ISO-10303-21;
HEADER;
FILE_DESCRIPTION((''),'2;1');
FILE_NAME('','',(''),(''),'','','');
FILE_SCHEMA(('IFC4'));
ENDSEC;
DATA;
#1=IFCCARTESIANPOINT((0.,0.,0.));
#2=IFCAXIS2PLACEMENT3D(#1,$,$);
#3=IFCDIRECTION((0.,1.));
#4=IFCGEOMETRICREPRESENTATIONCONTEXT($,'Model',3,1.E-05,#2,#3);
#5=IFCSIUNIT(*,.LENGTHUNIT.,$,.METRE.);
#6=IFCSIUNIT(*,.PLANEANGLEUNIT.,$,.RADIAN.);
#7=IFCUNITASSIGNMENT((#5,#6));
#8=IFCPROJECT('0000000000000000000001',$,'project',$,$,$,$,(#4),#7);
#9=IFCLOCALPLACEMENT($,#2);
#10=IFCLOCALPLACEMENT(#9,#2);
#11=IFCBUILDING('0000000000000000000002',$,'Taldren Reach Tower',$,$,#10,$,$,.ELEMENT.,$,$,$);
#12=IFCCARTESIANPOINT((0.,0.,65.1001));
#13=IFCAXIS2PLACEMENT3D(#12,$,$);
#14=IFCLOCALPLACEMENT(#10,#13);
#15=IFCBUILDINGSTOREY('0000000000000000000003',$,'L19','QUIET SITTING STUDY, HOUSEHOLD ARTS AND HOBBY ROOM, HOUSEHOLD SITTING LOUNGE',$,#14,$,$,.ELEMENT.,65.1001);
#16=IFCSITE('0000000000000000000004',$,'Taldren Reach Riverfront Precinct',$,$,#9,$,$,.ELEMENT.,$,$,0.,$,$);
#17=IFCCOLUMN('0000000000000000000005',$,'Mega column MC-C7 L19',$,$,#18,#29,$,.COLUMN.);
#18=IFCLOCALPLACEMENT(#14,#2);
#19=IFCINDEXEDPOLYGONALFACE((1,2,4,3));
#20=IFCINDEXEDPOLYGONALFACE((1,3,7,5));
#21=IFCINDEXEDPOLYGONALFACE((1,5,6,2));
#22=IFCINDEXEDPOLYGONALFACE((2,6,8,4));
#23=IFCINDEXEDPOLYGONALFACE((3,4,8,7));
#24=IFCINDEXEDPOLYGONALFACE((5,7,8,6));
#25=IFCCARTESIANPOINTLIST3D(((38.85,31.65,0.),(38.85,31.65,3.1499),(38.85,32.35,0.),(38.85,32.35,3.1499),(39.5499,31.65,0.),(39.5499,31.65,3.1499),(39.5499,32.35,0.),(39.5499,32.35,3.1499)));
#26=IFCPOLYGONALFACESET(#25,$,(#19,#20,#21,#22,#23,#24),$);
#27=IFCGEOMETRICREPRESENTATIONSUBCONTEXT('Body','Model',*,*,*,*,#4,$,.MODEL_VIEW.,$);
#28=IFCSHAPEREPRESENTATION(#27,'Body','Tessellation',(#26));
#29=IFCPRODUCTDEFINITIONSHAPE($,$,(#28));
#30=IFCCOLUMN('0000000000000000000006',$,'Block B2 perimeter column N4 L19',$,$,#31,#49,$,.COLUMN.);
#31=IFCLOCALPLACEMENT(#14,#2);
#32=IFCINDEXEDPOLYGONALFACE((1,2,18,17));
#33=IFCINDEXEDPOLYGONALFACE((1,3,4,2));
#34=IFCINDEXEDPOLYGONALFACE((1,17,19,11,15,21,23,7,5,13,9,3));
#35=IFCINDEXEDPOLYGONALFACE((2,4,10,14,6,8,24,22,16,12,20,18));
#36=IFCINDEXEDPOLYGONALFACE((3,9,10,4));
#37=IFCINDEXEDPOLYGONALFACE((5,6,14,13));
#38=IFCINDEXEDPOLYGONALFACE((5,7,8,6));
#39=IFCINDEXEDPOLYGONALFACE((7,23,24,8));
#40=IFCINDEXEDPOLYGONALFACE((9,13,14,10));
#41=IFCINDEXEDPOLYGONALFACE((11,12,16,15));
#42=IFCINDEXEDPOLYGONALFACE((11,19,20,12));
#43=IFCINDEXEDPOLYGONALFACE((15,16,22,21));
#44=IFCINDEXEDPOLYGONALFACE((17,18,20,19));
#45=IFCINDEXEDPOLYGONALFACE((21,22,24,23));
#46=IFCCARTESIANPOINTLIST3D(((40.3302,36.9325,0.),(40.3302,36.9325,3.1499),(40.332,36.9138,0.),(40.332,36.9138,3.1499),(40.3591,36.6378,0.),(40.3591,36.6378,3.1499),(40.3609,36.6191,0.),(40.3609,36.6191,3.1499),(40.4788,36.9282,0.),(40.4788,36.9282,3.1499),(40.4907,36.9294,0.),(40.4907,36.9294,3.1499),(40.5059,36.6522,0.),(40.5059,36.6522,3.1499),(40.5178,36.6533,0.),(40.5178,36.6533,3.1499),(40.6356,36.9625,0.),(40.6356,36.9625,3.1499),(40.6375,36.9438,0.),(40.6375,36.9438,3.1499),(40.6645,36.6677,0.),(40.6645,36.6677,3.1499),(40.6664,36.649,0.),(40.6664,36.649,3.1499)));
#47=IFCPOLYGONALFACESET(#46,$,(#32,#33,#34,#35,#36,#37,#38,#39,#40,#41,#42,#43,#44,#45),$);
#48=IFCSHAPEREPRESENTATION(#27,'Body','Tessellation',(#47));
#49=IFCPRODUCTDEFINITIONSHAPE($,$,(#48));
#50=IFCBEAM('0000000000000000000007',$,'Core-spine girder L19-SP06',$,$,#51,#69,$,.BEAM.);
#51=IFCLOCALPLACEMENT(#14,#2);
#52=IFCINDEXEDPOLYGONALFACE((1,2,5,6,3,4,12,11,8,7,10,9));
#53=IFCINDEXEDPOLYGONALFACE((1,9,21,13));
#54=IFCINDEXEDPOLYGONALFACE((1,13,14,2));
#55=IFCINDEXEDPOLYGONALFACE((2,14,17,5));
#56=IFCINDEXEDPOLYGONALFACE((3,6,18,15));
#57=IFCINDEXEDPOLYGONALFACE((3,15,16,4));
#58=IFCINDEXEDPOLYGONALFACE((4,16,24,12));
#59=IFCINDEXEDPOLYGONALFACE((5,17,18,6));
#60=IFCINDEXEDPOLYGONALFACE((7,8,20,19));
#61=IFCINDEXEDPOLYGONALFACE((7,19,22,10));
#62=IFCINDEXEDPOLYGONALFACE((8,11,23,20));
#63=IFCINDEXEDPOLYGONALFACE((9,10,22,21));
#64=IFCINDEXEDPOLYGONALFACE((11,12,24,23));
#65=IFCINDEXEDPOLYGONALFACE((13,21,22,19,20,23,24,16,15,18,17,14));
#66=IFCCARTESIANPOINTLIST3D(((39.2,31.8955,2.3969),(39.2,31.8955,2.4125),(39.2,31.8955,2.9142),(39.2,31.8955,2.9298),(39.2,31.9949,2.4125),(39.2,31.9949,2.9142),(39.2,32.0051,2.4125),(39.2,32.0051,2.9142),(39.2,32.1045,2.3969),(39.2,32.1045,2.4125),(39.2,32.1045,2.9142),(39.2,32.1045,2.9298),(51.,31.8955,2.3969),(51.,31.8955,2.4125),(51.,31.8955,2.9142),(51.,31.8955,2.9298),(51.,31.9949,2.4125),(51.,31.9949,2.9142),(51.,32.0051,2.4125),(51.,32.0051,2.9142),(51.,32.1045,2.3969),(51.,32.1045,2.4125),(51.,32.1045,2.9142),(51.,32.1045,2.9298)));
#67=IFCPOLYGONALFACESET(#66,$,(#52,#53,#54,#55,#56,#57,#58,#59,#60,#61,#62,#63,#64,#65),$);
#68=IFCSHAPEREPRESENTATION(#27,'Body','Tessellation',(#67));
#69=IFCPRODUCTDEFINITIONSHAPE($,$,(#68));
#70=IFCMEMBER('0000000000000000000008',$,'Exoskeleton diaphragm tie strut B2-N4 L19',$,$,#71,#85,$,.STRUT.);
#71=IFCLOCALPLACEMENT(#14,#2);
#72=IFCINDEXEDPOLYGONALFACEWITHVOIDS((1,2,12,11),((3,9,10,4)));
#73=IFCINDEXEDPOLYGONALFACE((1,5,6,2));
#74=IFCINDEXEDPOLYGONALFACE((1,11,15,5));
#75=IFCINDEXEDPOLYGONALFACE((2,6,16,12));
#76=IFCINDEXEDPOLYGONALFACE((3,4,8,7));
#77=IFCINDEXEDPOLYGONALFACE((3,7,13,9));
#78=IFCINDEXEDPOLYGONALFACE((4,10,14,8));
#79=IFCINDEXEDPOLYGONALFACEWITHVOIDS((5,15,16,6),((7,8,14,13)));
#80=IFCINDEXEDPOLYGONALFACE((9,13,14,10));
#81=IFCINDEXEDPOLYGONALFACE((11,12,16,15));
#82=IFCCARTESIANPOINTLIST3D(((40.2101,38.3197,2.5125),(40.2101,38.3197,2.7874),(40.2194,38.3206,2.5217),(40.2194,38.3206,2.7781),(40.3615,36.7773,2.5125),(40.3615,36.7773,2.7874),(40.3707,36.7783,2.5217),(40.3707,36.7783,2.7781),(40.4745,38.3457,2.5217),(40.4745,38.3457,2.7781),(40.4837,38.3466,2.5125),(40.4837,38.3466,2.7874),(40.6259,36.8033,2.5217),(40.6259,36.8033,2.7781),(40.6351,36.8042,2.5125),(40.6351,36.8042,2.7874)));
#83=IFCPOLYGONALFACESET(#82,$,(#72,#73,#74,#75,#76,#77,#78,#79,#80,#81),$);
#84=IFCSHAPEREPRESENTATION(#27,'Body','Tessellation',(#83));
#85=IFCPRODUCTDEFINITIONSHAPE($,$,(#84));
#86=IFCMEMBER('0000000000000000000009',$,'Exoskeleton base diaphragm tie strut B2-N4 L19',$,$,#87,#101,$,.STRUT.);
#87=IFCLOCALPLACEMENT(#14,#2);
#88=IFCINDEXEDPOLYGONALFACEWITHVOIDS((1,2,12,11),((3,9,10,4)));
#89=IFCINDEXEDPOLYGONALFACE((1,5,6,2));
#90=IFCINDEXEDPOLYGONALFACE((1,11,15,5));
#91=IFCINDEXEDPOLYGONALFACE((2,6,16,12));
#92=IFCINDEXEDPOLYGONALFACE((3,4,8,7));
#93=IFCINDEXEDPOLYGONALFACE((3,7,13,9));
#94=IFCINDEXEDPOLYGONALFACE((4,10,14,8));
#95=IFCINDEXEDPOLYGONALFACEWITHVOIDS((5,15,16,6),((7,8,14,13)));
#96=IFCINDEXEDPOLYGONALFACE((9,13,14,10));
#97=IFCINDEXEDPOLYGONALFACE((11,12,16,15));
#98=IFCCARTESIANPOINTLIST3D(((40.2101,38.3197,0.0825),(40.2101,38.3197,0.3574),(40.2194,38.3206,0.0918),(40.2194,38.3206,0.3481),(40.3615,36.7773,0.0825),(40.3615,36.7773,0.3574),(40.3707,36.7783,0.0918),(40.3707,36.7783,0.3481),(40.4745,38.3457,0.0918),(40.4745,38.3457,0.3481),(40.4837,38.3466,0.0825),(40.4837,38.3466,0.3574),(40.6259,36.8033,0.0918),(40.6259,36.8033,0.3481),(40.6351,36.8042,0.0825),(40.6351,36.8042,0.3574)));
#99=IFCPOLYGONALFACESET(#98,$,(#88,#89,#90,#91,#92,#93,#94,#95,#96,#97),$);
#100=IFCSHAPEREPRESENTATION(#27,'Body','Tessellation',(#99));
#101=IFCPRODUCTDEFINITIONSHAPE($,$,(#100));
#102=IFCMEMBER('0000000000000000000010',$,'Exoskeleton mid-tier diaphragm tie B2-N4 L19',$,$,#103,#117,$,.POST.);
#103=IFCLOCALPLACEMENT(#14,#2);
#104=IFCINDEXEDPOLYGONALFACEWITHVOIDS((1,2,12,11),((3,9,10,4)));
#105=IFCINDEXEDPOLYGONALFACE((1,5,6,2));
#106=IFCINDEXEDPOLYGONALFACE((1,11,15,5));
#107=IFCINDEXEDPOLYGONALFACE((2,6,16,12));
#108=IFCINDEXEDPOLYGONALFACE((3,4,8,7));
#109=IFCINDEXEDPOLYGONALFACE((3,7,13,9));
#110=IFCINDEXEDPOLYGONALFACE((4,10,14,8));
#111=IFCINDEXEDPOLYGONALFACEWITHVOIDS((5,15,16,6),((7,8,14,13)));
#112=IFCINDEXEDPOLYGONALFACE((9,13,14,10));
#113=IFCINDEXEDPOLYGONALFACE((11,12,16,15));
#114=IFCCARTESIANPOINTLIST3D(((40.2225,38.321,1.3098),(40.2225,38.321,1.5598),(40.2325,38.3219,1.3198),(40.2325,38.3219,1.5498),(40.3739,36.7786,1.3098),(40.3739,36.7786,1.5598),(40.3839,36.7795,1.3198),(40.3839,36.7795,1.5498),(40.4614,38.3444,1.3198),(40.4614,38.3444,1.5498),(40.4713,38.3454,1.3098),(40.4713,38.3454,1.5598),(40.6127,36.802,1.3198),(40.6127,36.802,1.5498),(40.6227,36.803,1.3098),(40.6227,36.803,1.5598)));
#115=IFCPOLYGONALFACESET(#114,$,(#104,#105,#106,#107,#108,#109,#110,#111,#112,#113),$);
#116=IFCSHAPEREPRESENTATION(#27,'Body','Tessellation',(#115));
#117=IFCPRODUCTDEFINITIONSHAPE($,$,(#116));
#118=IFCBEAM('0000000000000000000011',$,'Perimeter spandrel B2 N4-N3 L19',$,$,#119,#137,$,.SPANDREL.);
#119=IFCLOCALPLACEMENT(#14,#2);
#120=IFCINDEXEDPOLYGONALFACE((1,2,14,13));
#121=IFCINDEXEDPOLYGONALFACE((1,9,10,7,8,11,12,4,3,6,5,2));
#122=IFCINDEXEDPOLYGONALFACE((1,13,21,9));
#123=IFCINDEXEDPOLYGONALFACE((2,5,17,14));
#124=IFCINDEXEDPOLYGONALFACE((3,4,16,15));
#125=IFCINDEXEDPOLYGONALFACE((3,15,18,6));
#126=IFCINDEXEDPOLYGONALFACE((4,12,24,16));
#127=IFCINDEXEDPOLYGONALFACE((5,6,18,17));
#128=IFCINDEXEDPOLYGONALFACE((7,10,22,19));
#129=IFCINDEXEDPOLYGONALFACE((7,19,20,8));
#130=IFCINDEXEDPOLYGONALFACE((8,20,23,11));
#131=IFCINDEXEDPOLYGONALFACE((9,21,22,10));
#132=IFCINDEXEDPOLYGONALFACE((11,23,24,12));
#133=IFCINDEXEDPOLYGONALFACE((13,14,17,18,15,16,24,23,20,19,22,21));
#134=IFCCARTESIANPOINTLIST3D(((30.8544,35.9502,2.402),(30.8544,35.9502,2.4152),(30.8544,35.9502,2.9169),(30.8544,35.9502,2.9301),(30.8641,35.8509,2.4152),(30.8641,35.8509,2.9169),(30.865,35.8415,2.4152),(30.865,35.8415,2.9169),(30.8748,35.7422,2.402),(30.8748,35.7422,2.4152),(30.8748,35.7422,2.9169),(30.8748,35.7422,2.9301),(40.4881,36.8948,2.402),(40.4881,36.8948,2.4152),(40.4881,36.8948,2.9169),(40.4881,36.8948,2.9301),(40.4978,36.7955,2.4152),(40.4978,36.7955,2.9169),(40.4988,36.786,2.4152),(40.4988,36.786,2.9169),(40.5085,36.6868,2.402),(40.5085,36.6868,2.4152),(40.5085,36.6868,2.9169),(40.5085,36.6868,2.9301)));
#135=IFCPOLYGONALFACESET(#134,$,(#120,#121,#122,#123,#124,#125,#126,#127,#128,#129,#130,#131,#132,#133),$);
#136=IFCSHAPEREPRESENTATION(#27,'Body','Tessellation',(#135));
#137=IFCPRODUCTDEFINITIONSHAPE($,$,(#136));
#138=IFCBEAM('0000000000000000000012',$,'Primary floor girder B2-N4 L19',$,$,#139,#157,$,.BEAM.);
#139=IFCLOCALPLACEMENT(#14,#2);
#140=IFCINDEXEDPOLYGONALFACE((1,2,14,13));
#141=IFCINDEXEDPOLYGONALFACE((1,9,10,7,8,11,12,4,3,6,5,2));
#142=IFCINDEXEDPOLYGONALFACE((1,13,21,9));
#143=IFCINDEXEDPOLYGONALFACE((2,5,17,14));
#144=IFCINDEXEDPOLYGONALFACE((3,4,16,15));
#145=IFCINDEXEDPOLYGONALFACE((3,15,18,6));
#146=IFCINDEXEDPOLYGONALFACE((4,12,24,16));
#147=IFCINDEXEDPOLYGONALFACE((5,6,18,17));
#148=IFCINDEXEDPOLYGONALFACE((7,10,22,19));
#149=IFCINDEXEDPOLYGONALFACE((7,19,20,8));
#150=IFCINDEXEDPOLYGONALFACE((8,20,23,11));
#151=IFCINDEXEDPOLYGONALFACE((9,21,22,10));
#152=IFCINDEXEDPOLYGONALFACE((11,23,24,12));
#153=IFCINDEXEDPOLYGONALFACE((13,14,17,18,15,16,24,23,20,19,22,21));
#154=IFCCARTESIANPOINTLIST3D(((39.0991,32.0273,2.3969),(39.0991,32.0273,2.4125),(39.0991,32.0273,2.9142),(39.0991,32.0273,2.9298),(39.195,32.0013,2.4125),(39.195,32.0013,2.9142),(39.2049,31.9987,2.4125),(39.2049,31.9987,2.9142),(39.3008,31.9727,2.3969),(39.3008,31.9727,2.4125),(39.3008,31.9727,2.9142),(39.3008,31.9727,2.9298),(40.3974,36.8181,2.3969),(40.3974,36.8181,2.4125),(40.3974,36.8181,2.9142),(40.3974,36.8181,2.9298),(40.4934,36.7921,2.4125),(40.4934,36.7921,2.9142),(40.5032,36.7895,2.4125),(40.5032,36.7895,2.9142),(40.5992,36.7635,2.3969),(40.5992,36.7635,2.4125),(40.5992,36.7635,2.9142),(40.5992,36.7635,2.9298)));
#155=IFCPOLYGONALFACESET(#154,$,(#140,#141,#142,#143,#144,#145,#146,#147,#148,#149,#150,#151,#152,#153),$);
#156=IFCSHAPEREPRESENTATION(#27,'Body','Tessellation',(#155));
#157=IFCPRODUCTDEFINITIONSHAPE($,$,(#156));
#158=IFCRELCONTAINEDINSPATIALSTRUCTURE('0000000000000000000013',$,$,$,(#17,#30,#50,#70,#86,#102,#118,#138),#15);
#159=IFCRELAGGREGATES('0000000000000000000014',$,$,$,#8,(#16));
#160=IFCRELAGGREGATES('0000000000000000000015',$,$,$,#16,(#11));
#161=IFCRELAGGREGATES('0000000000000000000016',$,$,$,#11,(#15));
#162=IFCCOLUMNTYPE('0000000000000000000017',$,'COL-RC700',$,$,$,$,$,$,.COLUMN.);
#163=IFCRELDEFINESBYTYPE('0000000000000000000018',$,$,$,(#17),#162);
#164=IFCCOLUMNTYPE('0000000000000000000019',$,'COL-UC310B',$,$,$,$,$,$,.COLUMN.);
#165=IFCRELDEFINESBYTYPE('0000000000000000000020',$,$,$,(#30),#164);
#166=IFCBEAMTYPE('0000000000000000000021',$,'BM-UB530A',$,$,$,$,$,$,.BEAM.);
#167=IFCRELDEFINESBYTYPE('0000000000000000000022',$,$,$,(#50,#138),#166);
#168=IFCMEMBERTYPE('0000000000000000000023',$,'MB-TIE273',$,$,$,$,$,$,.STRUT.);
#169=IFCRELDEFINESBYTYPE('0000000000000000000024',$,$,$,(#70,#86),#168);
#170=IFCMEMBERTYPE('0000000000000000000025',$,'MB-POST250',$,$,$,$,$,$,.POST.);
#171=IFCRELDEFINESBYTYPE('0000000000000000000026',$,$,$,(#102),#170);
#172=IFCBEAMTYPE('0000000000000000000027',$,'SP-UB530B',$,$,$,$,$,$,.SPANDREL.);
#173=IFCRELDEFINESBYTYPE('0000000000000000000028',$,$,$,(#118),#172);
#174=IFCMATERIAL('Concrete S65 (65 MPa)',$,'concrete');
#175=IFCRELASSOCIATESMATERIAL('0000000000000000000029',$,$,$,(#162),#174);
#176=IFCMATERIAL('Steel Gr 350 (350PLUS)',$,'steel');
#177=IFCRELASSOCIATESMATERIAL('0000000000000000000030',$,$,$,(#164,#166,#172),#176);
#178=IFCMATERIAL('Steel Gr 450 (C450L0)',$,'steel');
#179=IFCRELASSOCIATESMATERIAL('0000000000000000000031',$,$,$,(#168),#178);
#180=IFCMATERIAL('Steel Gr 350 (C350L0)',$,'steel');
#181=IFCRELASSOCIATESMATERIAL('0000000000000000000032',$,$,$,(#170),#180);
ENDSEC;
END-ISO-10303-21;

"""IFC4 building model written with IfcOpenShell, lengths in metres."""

from ifc_helpers import new_model, si_unit, direction, frame, origin, origin_2d, place, context, subcontext, project, spatial, rectangle, hollow_rectangle, i_section, extrude, source, transform, mapped, material, material_profile, profile_set, type_object, element, save


model = new_model("IFC4")

# Units and contexts
model_context = context("Model", 3, precision=1e-05, world=origin(), true_north=direction((0.0, 1.0)))
body_context = subcontext(model_context, "Body", "Model", "MODEL_VIEW")
ifc_project = project(units=[si_unit("LENGTHUNIT", "METRE"), si_unit("PLANEANGLEUNIT", "RADIAN")], contexts=[model_context])

# Site, building, storey
site_placement = place(None, origin())
site = spatial("IfcSite", under=ifc_project, at=site_placement, Name="Taldren Reach Riverfront Precinct", CompositionType="ELEMENT", RefElevation=0.0)
building_placement = place(site_placement, origin())
building = spatial("IfcBuilding", under=site, at=building_placement, Name="Taldren Reach Tower", CompositionType="ELEMENT")
storey_placement = place(building_placement, frame((0.0, 0.0, 65.1001)))
storey = spatial("IfcBuildingStorey", under=building, at=storey_placement, Name="L19", Description="QUIET SITTING STUDY, HOUSEHOLD ARTS AND HOBBY ROOM, HOUSEHOLD SITTING LOUNGE", CompositionType="ELEMENT", Elevation=65.1001)

# Columns
ifc_material_1 = material(Name="Concrete S65 (65 MPa)", Category="concrete")
ifc_material_profile_1 = material_profile(ifc_material_1, rectangle(XDim=0.7, YDim=0.7, at=origin_2d()), Name="RC-700x700")
ifc_profile_set_1 = profile_set([ifc_material_profile_1], Name="Concrete S65 (65 MPa)")
column_type_1 = type_object("IfcColumnType", Name="COL-RC700", PredefinedType="COLUMN", material=ifc_profile_set_1)
shared_shape_1 = source(origin(), body_context, "Body", "SweptSolid", [
    extrude(rectangle(XDim=0.7, YDim=0.7, at=origin_2d()), origin(), (0.0, 0.0, 1.0), 3.1499),
])
column_1_placement = place(storey_placement, frame((39.2, 32.0, 0.0), z_axis=(0.0, 0.0, 1.0), x_axis=(1.0, 0.0, 0.0)))
element("IfcColumn", 1, at=column_1_placement, inside=storey, type_object=column_type_1, Name="Mega column MC-C7 L19", PredefinedType="COLUMN", context=body_context, shape_type="MappedRepresentation", body=[
    mapped(shared_shape_1, transform((0.0, 0.0, 0.0), scale=1.0)),
])
ifc_material_2 = material(Name="Steel Gr 350 (350PLUS)", Category="steel")
ifc_material_profile_2 = material_profile(ifc_material_2, i_section(OverallWidth=0.3069, OverallDepth=0.3149, WebThickness=0.012, FlangeThickness=0.0188, at=origin_2d()), Name="310UC118")
ifc_profile_set_2 = profile_set([ifc_material_profile_2], Name="Steel Gr 350 (350PLUS)")
column_type_2 = type_object("IfcColumnType", Name="COL-UC310B", PredefinedType="COLUMN", material=ifc_profile_set_2)
shared_shape_2 = source(origin(), body_context, "Body", "SweptSolid", [
    extrude(i_section(OverallWidth=0.3069, OverallDepth=0.3149, WebThickness=0.012, FlangeThickness=0.0188, at=origin_2d()), origin(), (0.0, 0.0, 1.0), 3.1499),
])
column_2_placement = place(storey_placement, frame((40.4983, 36.7908, 0.0), z_axis=(0.0, 0.0, 1.0), x_axis=(0.995227, 0.097583, 0.0)))
element("IfcColumn", 2, at=column_2_placement, inside=storey, type_object=column_type_2, Name="Block B2 perimeter column N4 L19", PredefinedType="COLUMN", context=body_context, shape_type="MappedRepresentation", body=[
    mapped(shared_shape_2, transform((0.0, 0.0, 0.0), scale=1.0)),
])

# Beam
ifc_material_profile_3 = material_profile(ifc_material_2, i_section(OverallWidth=0.209, OverallDepth=0.533, WebThickness=0.0103, FlangeThickness=0.0156, at=origin_2d()), Name="530UB92.4")
ifc_profile_set_3 = profile_set([ifc_material_profile_3], Name="Steel Gr 350 (350PLUS)")
beam_type_1 = type_object("IfcBeamType", Name="BM-UB530A", PredefinedType="BEAM", material=ifc_profile_set_3)
shared_shape_3 = source(origin(), body_context, "Body", "SweptSolid", [
    extrude(i_section(OverallWidth=0.209, OverallDepth=0.533, WebThickness=0.0103, FlangeThickness=0.0156, at=origin_2d()), origin(), (0.0, 0.0, 1.0), 11.8),
])
beam_1_placement = place(storey_placement, frame((39.2, 32.0, 2.6633), z_axis=(1.0, 0.0, 0.0), x_axis=(0.0, 1.0, 0.0)))
element("IfcBeam", 3, at=beam_1_placement, inside=storey, type_object=beam_type_1, Name="Core-spine girder L19-SP06", PredefinedType="BEAM", context=body_context, shape_type="MappedRepresentation", body=[
    mapped(shared_shape_3, transform((0.0, 0.0, 0.0), scale=1.0)),
])

# Members
ifc_material_3 = material(Name="Steel Gr 450 (C450L0)", Category="steel")
ifc_material_profile_4 = material_profile(ifc_material_3, hollow_rectangle(XDim=0.2749, YDim=0.2749, WallThickness=0.0093, at=origin_2d()), Name="275x275x9.3SHS")
ifc_profile_set_4 = profile_set([ifc_material_profile_4], Name="Steel Gr 450 (C450L0)")
member_type_1 = type_object("IfcMemberType", Name="MB-TIE273", PredefinedType="STRUT", material=ifc_profile_set_4)
shared_shape_4 = source(origin(), body_context, "Body", "SweptSolid", [
    extrude(hollow_rectangle(XDim=0.2749, YDim=0.2749, WallThickness=0.0093, at=origin_2d()), origin(), (0.0, 0.0, 1.0), 1.5498),
])
for number, where, z_axis, x_axis, name in (
    (4, (40.4983, 36.7908, 2.6499), (-0.097663, 0.99522, 0.0), (-0.99522, -0.097663, 0.0), "Exoskeleton diaphragm tie strut B2-N4 L19"),
    (5, (40.4983, 36.7908, 0.22), (-0.097663, 0.99522, 0.0), (-0.99522, -0.097663, 0.0), "Exoskeleton base diaphragm tie strut B2-N4 L19"),
):
    element("IfcMember", number, at=place(storey_placement, frame(where, z_axis=z_axis, x_axis=x_axis)), inside=storey, type_object=member_type_1, Name=name, PredefinedType="STRUT", context=body_context, shape_type="MappedRepresentation", body=[
        mapped(shared_shape_4, transform((0.0, 0.0, 0.0), scale=1.0)),
    ])
ifc_material_4 = material(Name="Steel Gr 350 (C350L0)", Category="steel")
ifc_material_profile_5 = material_profile(ifc_material_4, hollow_rectangle(XDim=0.25, YDim=0.25, WallThickness=0.01, at=origin_2d()), Name="250x250x10.0SHS")
ifc_profile_set_5 = profile_set([ifc_material_profile_5], Name="Steel Gr 350 (C350L0)")
member_type_2 = type_object("IfcMemberType", Name="MB-POST250", PredefinedType="POST", material=ifc_profile_set_5)
shared_shape_5 = source(origin(), body_context, "Body", "SweptSolid", [
    extrude(hollow_rectangle(XDim=0.25, YDim=0.25, WallThickness=0.01, at=origin_2d()), origin(), (0.0, 0.0, 1.0), 1.5498),
])
member_1_placement = place(storey_placement, frame((40.4983, 36.7908, 1.4348), z_axis=(-0.097663, 0.99522, 0.0), x_axis=(-0.99522, -0.097663, 0.0)))
element("IfcMember", 6, at=member_1_placement, inside=storey, type_object=member_type_2, Name="Exoskeleton mid-tier diaphragm tie B2-N4 L19", PredefinedType="POST", context=body_context, shape_type="MappedRepresentation", body=[
    mapped(shared_shape_5, transform((0.0, 0.0, 0.0), scale=1.0)),
])

# Beams
ifc_material_profile_6 = material_profile(ifc_material_2, i_section(OverallWidth=0.209, OverallDepth=0.5281, WebThickness=0.0095, FlangeThickness=0.0132, at=origin_2d()), Name="530UB82.0")
ifc_profile_set_6 = profile_set([ifc_material_profile_6], Name="Steel Gr 350 (350PLUS)")
beam_type_2 = type_object("IfcBeamType", Name="SP-UB530B", PredefinedType="SPANDREL", material=ifc_profile_set_6)
shared_shape_6 = source(origin(), body_context, "Body", "SweptSolid", [
    extrude(i_section(OverallWidth=0.209, OverallDepth=0.5281, WebThickness=0.0095, FlangeThickness=0.0132, at=origin_2d()), origin(), (0.0, 0.0, 1.0), 9.6799),
])
beam_2_placement = place(storey_placement, frame((40.4983, 36.7908, 2.666), z_axis=(-0.995228, -0.097581, 0.0), x_axis=(0.097581, -0.995228, 0.0)))
element("IfcBeam", 7, at=beam_2_placement, inside=storey, type_object=beam_type_2, Name="Perimeter spandrel B2 N4-N3 L19", PredefinedType="SPANDREL", context=body_context, shape_type="MappedRepresentation", body=[
    mapped(shared_shape_6, transform((0.0, 0.0, 0.0), scale=1.0)),
])
shared_shape_7 = source(origin(), body_context, "Body", "SweptSolid", [
    extrude(i_section(OverallWidth=0.209, OverallDepth=0.533, WebThickness=0.0103, FlangeThickness=0.0156, at=origin_2d()), origin(), (0.0, 0.0, 1.0), 4.9636),
])
beam_3_placement = place(storey_placement, frame((39.2, 32.0, 2.6633), z_axis=(0.261573, 0.965184, 0.0), x_axis=(-0.965184, 0.261573, 0.0)))
element("IfcBeam", 8, at=beam_3_placement, inside=storey, type_object=beam_type_1, Name="Primary floor girder B2-N4 L19", PredefinedType="BEAM", context=body_context, shape_type="MappedRepresentation", body=[
    mapped(shared_shape_7, transform((0.0, 0.0, 0.0), scale=1.0)),
])

save(model, "model.ifc")
